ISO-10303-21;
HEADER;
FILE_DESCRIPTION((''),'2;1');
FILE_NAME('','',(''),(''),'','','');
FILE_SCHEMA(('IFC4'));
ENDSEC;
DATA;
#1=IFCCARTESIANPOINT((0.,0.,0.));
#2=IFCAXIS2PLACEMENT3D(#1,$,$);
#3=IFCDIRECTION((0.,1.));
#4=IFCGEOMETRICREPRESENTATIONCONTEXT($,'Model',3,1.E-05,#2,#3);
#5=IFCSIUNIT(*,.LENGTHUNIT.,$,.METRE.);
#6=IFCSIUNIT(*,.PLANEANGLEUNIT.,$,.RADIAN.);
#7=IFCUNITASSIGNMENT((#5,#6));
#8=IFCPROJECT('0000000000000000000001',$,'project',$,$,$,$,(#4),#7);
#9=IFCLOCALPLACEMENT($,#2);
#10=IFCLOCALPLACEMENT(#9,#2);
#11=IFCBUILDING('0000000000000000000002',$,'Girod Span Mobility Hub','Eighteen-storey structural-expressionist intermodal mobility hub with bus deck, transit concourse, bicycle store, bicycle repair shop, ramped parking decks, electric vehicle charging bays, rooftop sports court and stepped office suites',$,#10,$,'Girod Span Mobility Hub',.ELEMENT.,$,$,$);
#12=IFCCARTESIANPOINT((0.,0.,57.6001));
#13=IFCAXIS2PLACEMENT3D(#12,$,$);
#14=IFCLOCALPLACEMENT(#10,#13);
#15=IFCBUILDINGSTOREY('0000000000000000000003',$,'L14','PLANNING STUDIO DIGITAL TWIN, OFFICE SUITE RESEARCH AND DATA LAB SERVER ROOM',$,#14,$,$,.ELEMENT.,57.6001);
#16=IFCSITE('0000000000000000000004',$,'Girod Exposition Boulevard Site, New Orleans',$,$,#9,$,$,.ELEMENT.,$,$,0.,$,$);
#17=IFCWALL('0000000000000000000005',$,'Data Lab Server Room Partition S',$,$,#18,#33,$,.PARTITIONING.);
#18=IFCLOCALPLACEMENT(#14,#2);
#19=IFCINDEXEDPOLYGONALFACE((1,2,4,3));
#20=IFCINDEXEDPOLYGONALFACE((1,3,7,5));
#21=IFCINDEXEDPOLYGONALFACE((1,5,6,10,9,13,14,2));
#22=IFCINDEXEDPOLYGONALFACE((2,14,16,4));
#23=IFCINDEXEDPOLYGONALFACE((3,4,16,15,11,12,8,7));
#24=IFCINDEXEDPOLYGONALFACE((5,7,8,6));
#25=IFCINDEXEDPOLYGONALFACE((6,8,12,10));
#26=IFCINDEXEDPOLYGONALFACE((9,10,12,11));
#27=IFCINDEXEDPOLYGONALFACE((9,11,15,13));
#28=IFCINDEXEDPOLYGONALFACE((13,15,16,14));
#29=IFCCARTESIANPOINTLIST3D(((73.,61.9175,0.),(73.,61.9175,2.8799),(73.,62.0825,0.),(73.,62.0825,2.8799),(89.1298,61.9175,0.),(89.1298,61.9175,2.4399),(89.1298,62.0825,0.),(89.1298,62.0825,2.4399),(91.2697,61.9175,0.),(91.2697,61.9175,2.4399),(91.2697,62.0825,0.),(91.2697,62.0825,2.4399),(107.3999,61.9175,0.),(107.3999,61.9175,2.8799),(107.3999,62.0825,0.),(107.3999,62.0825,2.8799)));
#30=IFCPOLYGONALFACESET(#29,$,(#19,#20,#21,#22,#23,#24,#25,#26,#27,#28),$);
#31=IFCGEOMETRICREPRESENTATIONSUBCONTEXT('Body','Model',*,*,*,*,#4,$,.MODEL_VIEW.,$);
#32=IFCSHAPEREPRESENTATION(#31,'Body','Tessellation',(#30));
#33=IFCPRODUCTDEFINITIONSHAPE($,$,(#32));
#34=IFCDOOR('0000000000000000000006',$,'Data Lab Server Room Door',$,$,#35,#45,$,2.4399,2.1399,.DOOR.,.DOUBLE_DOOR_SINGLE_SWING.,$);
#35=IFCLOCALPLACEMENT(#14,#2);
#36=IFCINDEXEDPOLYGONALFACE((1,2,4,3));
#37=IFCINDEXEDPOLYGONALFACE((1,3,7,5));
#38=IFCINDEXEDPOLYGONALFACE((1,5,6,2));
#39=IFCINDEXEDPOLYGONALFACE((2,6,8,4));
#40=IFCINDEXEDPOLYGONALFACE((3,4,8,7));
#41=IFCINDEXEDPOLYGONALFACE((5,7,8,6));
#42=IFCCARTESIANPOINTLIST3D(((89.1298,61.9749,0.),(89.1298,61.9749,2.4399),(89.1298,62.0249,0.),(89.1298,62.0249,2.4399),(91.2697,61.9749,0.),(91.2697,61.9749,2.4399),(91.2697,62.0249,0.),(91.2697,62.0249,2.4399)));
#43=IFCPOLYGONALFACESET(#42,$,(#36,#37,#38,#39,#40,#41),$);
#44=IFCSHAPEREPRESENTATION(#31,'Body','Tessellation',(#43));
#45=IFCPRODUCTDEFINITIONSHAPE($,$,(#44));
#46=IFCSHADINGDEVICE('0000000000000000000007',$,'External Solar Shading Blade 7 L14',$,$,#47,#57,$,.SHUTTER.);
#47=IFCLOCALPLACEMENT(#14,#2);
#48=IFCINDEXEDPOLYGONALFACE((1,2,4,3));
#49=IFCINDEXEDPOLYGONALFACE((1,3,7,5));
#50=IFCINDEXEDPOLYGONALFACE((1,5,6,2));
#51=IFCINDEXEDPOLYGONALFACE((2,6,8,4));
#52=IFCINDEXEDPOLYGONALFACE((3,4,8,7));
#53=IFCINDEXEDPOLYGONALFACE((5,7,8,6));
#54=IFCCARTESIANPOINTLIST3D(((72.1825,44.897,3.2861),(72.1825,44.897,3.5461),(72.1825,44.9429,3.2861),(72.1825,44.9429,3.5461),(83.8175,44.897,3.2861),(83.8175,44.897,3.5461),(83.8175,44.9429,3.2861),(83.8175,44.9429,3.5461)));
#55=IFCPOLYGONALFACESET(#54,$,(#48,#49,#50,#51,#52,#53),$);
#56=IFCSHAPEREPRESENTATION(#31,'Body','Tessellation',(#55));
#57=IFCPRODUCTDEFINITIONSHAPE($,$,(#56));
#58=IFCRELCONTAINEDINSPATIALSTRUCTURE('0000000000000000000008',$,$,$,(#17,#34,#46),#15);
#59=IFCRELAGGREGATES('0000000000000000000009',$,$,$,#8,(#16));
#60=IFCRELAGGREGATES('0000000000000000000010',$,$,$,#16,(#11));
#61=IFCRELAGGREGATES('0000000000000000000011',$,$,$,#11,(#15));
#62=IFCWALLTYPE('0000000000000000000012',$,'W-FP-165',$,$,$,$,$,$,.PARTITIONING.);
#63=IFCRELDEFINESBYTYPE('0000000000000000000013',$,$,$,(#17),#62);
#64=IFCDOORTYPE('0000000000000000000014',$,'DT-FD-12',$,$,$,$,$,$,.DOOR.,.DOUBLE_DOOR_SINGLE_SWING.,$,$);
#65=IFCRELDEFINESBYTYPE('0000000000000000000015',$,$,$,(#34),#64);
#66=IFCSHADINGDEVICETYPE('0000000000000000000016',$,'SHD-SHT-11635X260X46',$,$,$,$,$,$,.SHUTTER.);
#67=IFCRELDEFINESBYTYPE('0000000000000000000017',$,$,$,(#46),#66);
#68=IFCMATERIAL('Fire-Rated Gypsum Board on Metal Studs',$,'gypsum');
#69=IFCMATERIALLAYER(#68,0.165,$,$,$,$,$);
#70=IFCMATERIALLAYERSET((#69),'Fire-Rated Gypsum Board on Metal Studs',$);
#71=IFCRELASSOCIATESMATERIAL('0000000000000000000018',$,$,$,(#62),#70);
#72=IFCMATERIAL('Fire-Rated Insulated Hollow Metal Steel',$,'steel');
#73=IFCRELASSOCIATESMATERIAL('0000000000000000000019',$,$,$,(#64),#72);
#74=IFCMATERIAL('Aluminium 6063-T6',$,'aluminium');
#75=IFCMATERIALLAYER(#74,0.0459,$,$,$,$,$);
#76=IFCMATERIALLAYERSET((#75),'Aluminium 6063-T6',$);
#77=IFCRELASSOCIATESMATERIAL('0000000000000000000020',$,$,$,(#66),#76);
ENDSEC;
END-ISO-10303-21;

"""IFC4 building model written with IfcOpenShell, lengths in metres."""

from ifc_helpers import new_model, si_unit, direction, frame, frame_2d, origin, origin_2d, place, context, subcontext, project, spatial, rectangle, extrude, material, layer, layer_set, type_object, element, fill, save


model = new_model("IFC4")

# Units and contexts
model_context = context("Model", 3, precision=1e-05, world=origin(), true_north=direction((0.0, 1.0)))
body_context = subcontext(model_context, "Body", "Model", "MODEL_VIEW")
ifc_project = project(units=[si_unit("LENGTHUNIT", "METRE"), si_unit("PLANEANGLEUNIT", "RADIAN")], contexts=[model_context])

# Site, building, storey
site_placement = place(None, origin())
site = spatial("IfcSite", under=ifc_project, at=site_placement, Name="Girod Exposition Boulevard Site, New Orleans", CompositionType="ELEMENT", RefElevation=0.0)
building_placement = place(site_placement, origin())
building = spatial("IfcBuilding", under=site, at=building_placement, Name="Girod Span Mobility Hub", Description="Eighteen-storey structural-expressionist intermodal mobility hub with bus deck, transit concourse, bicycle store, bicycle repair shop, ramped parking decks, electric vehicle charging bays, rooftop sports court and stepped office suites", LongName="Girod Span Mobility Hub", CompositionType="ELEMENT")
storey_placement = place(building_placement, frame((0.0, 0.0, 57.6001)))
storey = spatial("IfcBuildingStorey", under=building, at=storey_placement, Name="L14", Description="PLANNING STUDIO DIGITAL TWIN, OFFICE SUITE RESEARCH AND DATA LAB SERVER ROOM", CompositionType="ELEMENT", Elevation=57.6001)

# Wall, opening, door
ifc_material_1 = material(Name="Fire-Rated Gypsum Board on Metal Studs", Category="gypsum")
ifc_layer_1 = layer(ifc_material_1, 0.165)
ifc_layer_set_1 = layer_set([ifc_layer_1], Name="Fire-Rated Gypsum Board on Metal Studs")
wall_type = type_object("IfcWallType", Name="W-FP-165", PredefinedType="PARTITIONING", material=ifc_layer_set_1)
wall_placement = place(storey_placement, frame((73.0, 62.0, 0.0), z_axis=(0.0, 0.0, 1.0), x_axis=(1.0, 0.0, 0.0)))
wall = element("IfcWall", 1, at=wall_placement, inside=storey, type_object=wall_type, Name="Data Lab Server Room Partition S", PredefinedType="PARTITIONING", context=body_context, shape_type="SweptSolid", body=[
    extrude(rectangle(XDim=34.3999, YDim=0.165, at=frame_2d((17.2, 0.0))), origin(), (0.0, 0.0, 1.0), 2.8799),
])
opening_placement = place(wall_placement, frame((16.1299, 0.0, 0.0)))
opening = element("IfcOpeningElement", 2, at=opening_placement, cuts=wall, PredefinedType="OPENING", context=body_context, shape_type="SweptSolid", body=[
    extrude(rectangle(XDim=2.1399, YDim=2.4399, at=frame_2d((1.0698, 1.22))), frame((0.0, 0.0974, 0.0), z_axis=(0.0, -1.0, 0.0), x_axis=(1.0, 0.0, 0.0)), (0.0, 0.0, 1.0), 0.1951),
])
ifc_material_2 = material(Name="Fire-Rated Insulated Hollow Metal Steel", Category="steel")
door_type = type_object("IfcDoorType", Name="DT-FD-12", OperationType="DOUBLE_DOOR_SINGLE_SWING", PredefinedType="DOOR", material=ifc_material_2)
door_placement = place(opening_placement, origin())
door = element("IfcDoor", 3, at=door_placement, inside=storey, type_object=door_type, Name="Data Lab Server Room Door", OperationType="DOUBLE_DOOR_SINGLE_SWING", OverallHeight=2.4399, OverallWidth=2.1399, PredefinedType="DOOR", context=body_context, shape_type="SweptSolid", body=[
    extrude(rectangle(XDim=2.1399, YDim=2.4399, at=frame_2d((1.0698, 1.22))), frame((0.0, 0.0249, 0.0), z_axis=(0.0, -1.0, 0.0), x_axis=(1.0, 0.0, 0.0)), (0.0, 0.0, 1.0), 0.05),
])
fill(opening, door)

# Shading device
ifc_material_3 = material(Name="Aluminium 6063-T6", Category="aluminium")
ifc_layer_2 = layer(ifc_material_3, 0.0459)
ifc_layer_set_2 = layer_set([ifc_layer_2], Name="Aluminium 6063-T6")
shading_device_type = type_object("IfcShadingDeviceType", Name="SHD-SHT-11635X260X46", PredefinedType="SHUTTER", material=ifc_layer_set_2)
shading_device_placement = place(storey_placement, frame((78.0, 44.9199, 3.2861), z_axis=(0.0, 0.0, 1.0), x_axis=(1.0, 0.0, 0.0)))
element("IfcShadingDevice", 4, at=shading_device_placement, inside=storey, type_object=shading_device_type, Name="External Solar Shading Blade 7 L14", PredefinedType="SHUTTER", context=body_context, shape_type="SweptSolid", body=[
    extrude(rectangle(XDim=11.635, YDim=0.0459, at=origin_2d()), origin(), (0.0, 0.0, 1.0), 0.26),
])

save(model, "model.ifc")
